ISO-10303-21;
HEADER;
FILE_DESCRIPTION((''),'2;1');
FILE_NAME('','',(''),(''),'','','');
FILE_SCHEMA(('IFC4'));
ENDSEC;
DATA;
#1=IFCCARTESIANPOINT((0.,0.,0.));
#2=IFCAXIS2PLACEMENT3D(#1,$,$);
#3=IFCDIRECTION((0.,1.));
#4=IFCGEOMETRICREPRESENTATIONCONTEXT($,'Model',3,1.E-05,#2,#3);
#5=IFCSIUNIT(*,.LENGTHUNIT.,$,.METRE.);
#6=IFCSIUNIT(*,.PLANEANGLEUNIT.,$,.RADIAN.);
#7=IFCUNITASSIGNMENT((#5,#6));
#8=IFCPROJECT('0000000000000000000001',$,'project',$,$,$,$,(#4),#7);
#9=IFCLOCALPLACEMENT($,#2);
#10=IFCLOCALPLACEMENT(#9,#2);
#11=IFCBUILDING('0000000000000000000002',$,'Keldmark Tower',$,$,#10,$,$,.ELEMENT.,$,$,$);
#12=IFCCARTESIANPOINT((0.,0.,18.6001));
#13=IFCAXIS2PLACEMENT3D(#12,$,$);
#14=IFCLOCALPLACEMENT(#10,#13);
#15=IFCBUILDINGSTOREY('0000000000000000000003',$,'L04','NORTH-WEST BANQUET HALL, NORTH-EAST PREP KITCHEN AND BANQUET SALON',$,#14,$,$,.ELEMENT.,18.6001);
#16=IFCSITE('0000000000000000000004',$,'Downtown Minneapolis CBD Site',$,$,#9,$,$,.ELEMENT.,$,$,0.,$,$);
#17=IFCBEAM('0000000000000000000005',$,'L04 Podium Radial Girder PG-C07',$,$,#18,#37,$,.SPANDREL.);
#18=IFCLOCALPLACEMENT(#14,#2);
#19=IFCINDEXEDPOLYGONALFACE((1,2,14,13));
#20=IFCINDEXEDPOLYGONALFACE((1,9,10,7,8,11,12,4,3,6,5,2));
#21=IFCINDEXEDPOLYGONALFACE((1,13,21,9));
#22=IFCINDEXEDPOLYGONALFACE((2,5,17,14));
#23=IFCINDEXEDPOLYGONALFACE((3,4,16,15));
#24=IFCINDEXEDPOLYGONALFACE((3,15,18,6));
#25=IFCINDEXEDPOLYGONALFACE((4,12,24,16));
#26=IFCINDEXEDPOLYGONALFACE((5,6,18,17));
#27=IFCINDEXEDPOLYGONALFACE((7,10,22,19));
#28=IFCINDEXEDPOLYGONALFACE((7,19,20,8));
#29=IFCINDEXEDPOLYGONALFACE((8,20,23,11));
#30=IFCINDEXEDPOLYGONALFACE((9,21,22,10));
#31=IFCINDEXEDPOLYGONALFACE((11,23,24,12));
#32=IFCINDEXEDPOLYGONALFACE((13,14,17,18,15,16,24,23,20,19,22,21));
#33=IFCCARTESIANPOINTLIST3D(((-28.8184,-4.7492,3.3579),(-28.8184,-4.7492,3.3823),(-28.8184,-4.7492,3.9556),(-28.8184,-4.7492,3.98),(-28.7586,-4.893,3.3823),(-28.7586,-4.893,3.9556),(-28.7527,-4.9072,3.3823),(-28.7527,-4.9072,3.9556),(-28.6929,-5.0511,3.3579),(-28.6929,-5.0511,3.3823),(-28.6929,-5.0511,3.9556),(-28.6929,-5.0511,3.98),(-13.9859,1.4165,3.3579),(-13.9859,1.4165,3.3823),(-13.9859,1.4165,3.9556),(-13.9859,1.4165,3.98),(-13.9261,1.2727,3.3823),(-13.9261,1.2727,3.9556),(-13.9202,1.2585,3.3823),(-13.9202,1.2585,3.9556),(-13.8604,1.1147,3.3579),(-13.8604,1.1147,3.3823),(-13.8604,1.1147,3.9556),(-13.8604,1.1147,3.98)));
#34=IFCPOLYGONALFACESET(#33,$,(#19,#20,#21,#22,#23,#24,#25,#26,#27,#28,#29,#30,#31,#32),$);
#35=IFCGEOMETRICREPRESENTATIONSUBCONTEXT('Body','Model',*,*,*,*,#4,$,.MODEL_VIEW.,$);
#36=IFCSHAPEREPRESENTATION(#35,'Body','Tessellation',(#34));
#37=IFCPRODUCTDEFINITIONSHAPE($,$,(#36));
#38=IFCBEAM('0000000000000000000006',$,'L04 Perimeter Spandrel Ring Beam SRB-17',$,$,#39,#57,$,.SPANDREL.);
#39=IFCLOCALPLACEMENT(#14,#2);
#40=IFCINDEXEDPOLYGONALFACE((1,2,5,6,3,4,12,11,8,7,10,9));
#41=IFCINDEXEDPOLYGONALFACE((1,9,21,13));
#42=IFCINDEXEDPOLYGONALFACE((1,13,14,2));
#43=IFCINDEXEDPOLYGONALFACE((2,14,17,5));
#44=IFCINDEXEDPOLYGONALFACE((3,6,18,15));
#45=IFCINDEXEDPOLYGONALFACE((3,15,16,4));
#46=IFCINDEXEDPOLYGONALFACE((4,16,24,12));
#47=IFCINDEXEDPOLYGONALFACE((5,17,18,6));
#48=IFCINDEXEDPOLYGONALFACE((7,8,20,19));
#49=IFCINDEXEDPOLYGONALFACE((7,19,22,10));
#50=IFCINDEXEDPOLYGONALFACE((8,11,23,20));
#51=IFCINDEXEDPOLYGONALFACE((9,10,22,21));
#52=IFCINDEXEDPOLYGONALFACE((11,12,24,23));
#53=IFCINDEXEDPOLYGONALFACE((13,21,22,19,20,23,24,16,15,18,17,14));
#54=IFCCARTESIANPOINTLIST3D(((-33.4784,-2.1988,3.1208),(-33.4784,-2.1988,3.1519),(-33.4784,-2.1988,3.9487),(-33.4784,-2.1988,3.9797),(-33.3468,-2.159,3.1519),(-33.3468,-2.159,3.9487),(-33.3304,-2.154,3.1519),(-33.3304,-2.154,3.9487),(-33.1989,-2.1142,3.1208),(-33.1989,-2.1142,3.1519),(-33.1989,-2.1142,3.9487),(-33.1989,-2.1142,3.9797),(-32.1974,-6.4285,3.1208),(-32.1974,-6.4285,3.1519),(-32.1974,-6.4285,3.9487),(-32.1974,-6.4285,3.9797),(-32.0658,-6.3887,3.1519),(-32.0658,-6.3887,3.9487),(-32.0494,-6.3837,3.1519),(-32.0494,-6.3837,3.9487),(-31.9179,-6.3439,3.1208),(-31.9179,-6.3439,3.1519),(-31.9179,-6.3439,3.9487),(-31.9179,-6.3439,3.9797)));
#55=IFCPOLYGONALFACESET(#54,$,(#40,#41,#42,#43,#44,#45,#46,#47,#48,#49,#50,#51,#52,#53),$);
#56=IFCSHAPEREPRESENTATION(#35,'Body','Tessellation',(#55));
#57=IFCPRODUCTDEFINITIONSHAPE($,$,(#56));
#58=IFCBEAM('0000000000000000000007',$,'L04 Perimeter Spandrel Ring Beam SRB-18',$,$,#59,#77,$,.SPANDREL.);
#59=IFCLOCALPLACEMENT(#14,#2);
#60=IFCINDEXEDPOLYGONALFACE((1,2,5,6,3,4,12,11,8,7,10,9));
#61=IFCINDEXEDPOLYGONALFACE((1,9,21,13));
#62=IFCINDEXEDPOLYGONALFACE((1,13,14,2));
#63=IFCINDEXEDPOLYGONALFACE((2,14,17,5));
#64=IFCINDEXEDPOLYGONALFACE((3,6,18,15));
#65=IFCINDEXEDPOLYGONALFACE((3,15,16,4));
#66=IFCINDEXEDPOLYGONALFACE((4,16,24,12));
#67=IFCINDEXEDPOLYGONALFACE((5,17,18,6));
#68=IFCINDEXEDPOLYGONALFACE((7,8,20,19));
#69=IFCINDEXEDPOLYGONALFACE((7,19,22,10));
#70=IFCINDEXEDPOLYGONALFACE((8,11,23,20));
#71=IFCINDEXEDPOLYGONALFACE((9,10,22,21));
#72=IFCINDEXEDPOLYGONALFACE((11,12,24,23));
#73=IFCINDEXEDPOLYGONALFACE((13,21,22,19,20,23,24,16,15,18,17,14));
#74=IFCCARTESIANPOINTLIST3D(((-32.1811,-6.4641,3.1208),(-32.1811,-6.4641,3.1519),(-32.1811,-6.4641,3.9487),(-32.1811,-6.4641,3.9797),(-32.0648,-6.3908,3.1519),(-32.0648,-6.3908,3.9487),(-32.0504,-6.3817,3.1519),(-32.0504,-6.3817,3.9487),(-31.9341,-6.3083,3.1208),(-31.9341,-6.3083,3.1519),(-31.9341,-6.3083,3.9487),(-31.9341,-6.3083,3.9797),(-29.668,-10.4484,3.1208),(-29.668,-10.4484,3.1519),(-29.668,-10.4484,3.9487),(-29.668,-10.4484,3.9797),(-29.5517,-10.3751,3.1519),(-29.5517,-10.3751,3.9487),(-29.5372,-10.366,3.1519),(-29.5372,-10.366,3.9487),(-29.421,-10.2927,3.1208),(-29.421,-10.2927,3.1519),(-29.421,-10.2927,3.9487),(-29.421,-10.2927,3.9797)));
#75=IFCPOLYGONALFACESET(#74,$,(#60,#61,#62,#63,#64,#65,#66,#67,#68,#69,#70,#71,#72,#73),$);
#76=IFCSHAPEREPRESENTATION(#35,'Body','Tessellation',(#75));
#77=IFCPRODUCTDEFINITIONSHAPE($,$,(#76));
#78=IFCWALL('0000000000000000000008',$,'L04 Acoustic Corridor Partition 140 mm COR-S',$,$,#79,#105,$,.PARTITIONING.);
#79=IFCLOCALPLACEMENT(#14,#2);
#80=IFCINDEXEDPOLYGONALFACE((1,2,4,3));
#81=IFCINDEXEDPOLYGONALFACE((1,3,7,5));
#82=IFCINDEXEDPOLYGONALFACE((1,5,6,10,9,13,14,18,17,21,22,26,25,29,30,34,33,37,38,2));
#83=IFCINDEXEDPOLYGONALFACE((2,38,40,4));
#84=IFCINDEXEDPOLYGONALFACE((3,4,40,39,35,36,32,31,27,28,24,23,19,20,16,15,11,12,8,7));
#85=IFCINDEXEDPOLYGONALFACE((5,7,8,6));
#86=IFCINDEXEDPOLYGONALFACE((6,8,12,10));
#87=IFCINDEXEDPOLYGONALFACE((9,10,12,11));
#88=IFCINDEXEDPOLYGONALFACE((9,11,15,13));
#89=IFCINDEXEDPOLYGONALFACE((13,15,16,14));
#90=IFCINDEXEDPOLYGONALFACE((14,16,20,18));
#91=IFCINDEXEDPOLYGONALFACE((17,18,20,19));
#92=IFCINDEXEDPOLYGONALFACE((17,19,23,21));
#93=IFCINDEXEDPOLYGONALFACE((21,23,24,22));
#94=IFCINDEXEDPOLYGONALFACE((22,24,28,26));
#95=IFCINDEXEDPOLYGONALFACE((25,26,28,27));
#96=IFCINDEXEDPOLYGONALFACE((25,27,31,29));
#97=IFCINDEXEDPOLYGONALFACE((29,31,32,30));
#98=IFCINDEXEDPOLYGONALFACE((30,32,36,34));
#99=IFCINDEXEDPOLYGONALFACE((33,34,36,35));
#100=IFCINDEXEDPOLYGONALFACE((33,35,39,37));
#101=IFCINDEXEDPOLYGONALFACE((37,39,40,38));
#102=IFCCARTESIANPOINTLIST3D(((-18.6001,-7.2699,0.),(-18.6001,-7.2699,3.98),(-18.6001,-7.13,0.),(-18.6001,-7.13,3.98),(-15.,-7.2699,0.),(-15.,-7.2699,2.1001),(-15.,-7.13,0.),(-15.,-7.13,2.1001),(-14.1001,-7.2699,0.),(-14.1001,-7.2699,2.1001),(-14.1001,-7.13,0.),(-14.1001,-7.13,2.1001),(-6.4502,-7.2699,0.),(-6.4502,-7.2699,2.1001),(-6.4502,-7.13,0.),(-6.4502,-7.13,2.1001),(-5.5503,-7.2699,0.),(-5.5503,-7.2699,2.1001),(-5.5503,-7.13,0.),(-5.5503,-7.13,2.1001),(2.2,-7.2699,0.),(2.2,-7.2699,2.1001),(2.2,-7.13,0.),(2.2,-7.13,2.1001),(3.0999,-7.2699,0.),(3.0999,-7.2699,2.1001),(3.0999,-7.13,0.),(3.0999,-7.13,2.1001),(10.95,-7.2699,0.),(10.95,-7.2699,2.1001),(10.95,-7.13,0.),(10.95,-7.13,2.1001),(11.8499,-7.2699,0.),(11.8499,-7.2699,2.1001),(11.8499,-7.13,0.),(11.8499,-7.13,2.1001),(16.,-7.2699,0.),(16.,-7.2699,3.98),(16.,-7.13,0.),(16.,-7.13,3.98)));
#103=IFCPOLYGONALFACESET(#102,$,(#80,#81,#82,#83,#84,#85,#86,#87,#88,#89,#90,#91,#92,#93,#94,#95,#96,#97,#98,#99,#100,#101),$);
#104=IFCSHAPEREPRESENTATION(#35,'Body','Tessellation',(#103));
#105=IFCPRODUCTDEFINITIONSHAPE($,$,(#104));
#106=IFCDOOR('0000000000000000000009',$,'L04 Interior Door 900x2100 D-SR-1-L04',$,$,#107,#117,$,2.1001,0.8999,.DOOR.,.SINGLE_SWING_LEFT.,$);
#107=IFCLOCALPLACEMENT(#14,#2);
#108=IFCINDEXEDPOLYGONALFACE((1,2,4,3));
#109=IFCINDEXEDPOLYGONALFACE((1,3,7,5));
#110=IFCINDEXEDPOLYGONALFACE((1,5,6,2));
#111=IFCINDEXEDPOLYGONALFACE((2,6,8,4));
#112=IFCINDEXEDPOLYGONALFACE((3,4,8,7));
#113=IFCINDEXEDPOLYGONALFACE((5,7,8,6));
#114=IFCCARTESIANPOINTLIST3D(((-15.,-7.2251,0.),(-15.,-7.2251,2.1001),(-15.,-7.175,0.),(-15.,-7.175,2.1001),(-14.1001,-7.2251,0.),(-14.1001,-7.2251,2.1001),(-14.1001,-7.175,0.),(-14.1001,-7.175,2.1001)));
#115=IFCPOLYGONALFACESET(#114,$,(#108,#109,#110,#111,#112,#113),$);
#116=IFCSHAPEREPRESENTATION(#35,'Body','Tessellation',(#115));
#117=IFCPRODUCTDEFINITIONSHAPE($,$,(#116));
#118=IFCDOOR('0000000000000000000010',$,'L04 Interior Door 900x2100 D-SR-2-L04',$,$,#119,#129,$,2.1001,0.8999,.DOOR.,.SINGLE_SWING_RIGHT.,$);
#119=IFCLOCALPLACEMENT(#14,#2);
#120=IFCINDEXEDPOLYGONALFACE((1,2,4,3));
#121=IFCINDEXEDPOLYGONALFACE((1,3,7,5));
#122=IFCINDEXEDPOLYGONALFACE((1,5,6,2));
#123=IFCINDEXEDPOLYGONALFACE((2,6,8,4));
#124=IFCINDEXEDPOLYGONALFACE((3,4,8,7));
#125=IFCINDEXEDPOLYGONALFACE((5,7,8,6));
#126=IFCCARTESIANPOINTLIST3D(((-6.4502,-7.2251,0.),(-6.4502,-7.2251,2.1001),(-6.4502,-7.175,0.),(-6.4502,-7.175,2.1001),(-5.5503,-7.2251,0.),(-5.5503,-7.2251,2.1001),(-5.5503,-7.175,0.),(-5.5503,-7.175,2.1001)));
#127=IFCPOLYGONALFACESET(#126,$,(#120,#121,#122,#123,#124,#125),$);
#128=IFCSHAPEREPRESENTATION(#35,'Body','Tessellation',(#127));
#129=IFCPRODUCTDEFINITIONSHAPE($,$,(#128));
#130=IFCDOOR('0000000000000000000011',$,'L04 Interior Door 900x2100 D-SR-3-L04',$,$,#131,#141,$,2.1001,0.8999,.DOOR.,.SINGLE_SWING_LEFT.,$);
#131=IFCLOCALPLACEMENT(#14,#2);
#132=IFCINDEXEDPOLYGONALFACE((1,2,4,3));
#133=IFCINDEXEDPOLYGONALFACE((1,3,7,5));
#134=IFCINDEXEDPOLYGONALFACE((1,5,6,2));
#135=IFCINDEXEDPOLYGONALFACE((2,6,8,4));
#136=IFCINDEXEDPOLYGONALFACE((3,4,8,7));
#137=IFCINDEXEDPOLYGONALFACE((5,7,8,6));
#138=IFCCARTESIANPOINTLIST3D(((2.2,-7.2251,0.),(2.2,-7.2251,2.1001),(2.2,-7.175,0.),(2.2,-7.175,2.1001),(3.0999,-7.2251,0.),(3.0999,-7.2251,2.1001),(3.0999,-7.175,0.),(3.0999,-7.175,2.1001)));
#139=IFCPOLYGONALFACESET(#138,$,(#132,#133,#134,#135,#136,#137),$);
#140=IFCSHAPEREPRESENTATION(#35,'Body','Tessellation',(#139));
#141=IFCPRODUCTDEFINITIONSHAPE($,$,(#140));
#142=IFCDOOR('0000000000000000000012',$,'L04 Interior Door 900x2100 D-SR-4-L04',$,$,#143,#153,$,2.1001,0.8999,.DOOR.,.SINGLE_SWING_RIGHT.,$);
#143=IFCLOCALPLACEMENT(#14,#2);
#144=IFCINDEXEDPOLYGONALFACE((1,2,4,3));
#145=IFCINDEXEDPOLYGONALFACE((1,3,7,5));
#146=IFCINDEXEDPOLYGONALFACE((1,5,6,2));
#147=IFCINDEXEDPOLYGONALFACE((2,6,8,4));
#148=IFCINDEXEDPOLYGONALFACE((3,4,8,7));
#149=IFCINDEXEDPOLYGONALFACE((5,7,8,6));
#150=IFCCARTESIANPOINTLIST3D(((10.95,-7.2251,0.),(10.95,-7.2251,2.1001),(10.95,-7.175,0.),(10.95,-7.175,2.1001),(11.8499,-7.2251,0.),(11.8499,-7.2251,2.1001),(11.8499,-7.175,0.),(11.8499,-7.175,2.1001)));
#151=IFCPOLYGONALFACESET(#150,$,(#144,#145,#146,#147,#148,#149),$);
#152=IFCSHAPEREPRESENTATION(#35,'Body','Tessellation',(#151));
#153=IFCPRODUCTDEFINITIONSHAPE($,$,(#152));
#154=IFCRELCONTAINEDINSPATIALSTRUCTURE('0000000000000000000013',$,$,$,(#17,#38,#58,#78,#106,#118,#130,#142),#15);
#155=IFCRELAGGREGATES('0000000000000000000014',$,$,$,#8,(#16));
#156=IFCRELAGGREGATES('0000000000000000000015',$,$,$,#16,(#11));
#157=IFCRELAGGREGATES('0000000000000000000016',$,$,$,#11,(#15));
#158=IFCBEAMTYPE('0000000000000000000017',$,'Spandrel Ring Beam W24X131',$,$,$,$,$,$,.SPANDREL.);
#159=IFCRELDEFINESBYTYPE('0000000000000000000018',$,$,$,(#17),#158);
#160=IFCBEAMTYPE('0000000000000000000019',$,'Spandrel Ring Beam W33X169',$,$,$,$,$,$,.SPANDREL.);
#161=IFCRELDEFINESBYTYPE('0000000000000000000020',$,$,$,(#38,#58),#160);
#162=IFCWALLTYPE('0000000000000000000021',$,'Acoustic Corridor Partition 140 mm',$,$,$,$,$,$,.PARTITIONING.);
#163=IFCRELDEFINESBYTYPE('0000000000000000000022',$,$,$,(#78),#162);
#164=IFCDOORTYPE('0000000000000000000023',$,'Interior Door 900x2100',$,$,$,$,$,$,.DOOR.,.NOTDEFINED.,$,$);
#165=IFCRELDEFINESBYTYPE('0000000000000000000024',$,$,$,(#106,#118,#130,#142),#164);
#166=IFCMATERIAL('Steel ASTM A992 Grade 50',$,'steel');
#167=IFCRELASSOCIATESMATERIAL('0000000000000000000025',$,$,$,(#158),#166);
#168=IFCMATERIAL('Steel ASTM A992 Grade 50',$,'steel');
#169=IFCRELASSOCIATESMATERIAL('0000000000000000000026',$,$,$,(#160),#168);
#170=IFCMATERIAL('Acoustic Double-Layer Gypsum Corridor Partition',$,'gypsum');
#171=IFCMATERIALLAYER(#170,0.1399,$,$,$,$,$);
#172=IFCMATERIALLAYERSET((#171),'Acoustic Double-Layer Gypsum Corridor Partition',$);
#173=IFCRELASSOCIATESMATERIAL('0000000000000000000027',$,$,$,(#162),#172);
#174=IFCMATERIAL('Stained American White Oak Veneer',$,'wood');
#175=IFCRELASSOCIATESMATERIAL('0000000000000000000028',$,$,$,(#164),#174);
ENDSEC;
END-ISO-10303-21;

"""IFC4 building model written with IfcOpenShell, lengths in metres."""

from ifc_helpers import new_model, si_unit, direction, frame, frame_2d, origin, origin_2d, place, context, subcontext, project, spatial, rectangle, i_section, extrude, material, layer, layer_set, material_profile, profile_set, type_object, element, fill, save


model = new_model("IFC4")

# Units and contexts
model_context = context("Model", 3, precision=1e-05, world=origin(), true_north=direction((0.0, 1.0)))
body_context = subcontext(model_context, "Body", "Model", "MODEL_VIEW")
ifc_project = project(units=[si_unit("LENGTHUNIT", "METRE"), si_unit("PLANEANGLEUNIT", "RADIAN")], contexts=[model_context])

# Site, building, storey
site_placement = place(None, origin())
site = spatial("IfcSite", under=ifc_project, at=site_placement, Name="Downtown Minneapolis CBD Site", CompositionType="ELEMENT", RefElevation=0.0)
building_placement = place(site_placement, origin())
building = spatial("IfcBuilding", under=site, at=building_placement, Name="Keldmark Tower", CompositionType="ELEMENT")
storey_placement = place(building_placement, frame((0.0, 0.0, 18.6001)))
storey = spatial("IfcBuildingStorey", under=building, at=storey_placement, Name="L04", Description="NORTH-WEST BANQUET HALL, NORTH-EAST PREP KITCHEN AND BANQUET SALON", CompositionType="ELEMENT", Elevation=18.6001)

# Beams
ifc_material_1 = material(Name="Steel ASTM A992 Grade 50", Category="steel")
ifc_material_profile_1 = material_profile(ifc_material_1, i_section(OverallWidth=0.3269, OverallDepth=0.6221, WebThickness=0.0154, FlangeThickness=0.0244, at=origin_2d()), Name="W24X131")
ifc_profile_set_1 = profile_set([ifc_material_profile_1], Name="Steel ASTM A992 Grade 50")
beam_type_1 = type_object("IfcBeamType", Name="Spandrel Ring Beam W24X131", PredefinedType="SPANDREL", material=ifc_profile_set_1)
beam_1_placement = place(storey_placement, frame((-28.7556, -4.9001, 3.6689), z_axis=(0.923396, 0.383849, 0.0), x_axis=(-0.383849, 0.923396, 0.0)))
element("IfcBeam", 1, at=beam_1_placement, inside=storey, type_object=beam_type_1, Name="L04 Podium Radial Girder PG-C07", PredefinedType="SPANDREL", context=body_context, shape_type="SweptSolid", body=[
    extrude(i_section(OverallWidth=0.3269, OverallDepth=0.6221, WebThickness=0.0154, FlangeThickness=0.0244, at=origin_2d()), origin(), (0.0, 0.0, 1.0), 16.063),
])
ifc_material_2 = material(Name="Steel ASTM A992 Grade 50", Category="steel")
ifc_material_profile_2 = material_profile(ifc_material_2, i_section(OverallWidth=0.292, OverallDepth=0.8589, WebThickness=0.0171, FlangeThickness=0.031, at=origin_2d()), Name="W33X169")
ifc_profile_set_2 = profile_set([ifc_material_profile_2], Name="Steel ASTM A992 Grade 50")
beam_type_2 = type_object("IfcBeamType", Name="Spandrel Ring Beam W33X169", PredefinedType="SPANDREL", material=ifc_profile_set_2)
beam_2_placement = place(storey_placement, frame((-33.3386, -2.1565, 3.5503), z_axis=(0.289856, -0.95707, 0.0), x_axis=(0.95707, 0.289856, 0.0)))
element("IfcBeam", 2, at=beam_2_placement, inside=storey, type_object=beam_type_2, Name="L04 Perimeter Spandrel Ring Beam SRB-17", PredefinedType="SPANDREL", context=body_context, shape_type="SweptSolid", body=[
    extrude(i_section(OverallWidth=0.292, OverallDepth=0.8589, WebThickness=0.0171, FlangeThickness=0.031, at=origin_2d()), origin(), (0.0, 0.0, 1.0), 4.4194),
])
beam_3_placement = place(storey_placement, frame((-32.0576, -6.3862, 3.5503), z_axis=(0.533498, -0.845802, 0.0), x_axis=(0.845802, 0.533498, 0.0)))
element("IfcBeam", 3, at=beam_3_placement, inside=storey, type_object=beam_type_2, Name="L04 Perimeter Spandrel Ring Beam SRB-18", PredefinedType="SPANDREL", context=body_context, shape_type="SweptSolid", body=[
    extrude(i_section(OverallWidth=0.292, OverallDepth=0.8589, WebThickness=0.0171, FlangeThickness=0.031, at=origin_2d()), origin(), (0.0, 0.0, 1.0), 4.7107),
])

# Wall, openings, doors
ifc_material_3 = material(Name="Acoustic Double-Layer Gypsum Corridor Partition", Category="gypsum")
ifc_layer_1 = layer(ifc_material_3, 0.1399)
ifc_layer_set_1 = layer_set([ifc_layer_1], Name="Acoustic Double-Layer Gypsum Corridor Partition")
wall_type_1 = type_object("IfcWallType", Name="Acoustic Corridor Partition 140 mm", PredefinedType="PARTITIONING", material=ifc_layer_set_1)
wall_1_placement = place(storey_placement, frame((-18.6001, -7.2, 0.0), z_axis=(0.0, 0.0, 1.0), x_axis=(1.0, 0.0, 0.0)))
wall_1 = element("IfcWall", 4, at=wall_1_placement, inside=storey, type_object=wall_type_1, Name="L04 Acoustic Corridor Partition 140 mm COR-S", PredefinedType="PARTITIONING", context=body_context, shape_type="SweptSolid", body=[
    extrude(rectangle(XDim=34.6001, YDim=0.1399, at=frame_2d((17.3, 0.0))), origin(), (0.0, 0.0, 1.0), 3.98),
])
opening_1_placement = place(wall_1_placement, frame((3.6001, 0.0, 0.0)))
opening_1 = element("IfcOpeningElement", 5, at=opening_1_placement, cuts=wall_1, PredefinedType="OPENING", context=body_context, shape_type="SweptSolid", body=[
    extrude(rectangle(XDim=0.8999, YDim=2.1001, at=frame_2d((0.45, 1.05))), frame((0.0, 0.0798, 0.0), z_axis=(0.0, -1.0, 0.0), x_axis=(1.0, 0.0, 0.0)), (0.0, 0.0, 1.0), 0.1599),
])
opening_2_placement = place(wall_1_placement, frame((12.1499, 0.0, 0.0)))
opening_2 = element("IfcOpeningElement", 6, at=opening_2_placement, cuts=wall_1, PredefinedType="OPENING", context=body_context, shape_type="SweptSolid", body=[
    extrude(rectangle(XDim=0.8999, YDim=2.1001, at=frame_2d((0.45, 1.05))), frame((0.0, 0.0798, 0.0), z_axis=(0.0, -1.0, 0.0), x_axis=(1.0, 0.0, 0.0)), (0.0, 0.0, 1.0), 0.1599),
])
opening_3_placement = place(wall_1_placement, frame((20.8, 0.0, 0.0)))
opening_3 = element("IfcOpeningElement", 7, at=opening_3_placement, cuts=wall_1, PredefinedType="OPENING", context=body_context, shape_type="SweptSolid", body=[
    extrude(rectangle(XDim=0.8999, YDim=2.1001, at=frame_2d((0.45, 1.05))), frame((0.0, 0.0798, 0.0), z_axis=(0.0, -1.0, 0.0), x_axis=(1.0, 0.0, 0.0)), (0.0, 0.0, 1.0), 0.1599),
])
opening_4_placement = place(wall_1_placement, frame((29.55, 0.0, 0.0)))
opening_4 = element("IfcOpeningElement", 8, at=opening_4_placement, cuts=wall_1, PredefinedType="OPENING", context=body_context, shape_type="SweptSolid", body=[
    extrude(rectangle(XDim=0.8999, YDim=2.1001, at=frame_2d((0.45, 1.05))), frame((0.0, 0.0798, 0.0), z_axis=(0.0, -1.0, 0.0), x_axis=(1.0, 0.0, 0.0)), (0.0, 0.0, 1.0), 0.1599),
])
ifc_material_4 = material(Name="Stained American White Oak Veneer", Category="wood")
door_type = type_object("IfcDoorType", Name="Interior Door 900x2100", OperationType="NOTDEFINED", PredefinedType="DOOR", material=ifc_material_4)
door_1_placement = place(opening_1_placement, origin())
door_1 = element("IfcDoor", 9, at=door_1_placement, inside=storey, type_object=door_type, Name="L04 Interior Door 900x2100 D-SR-1-L04", OperationType="SINGLE_SWING_LEFT", OverallHeight=2.1001, OverallWidth=0.8999, PredefinedType="DOOR", context=body_context, shape_type="SweptSolid", body=[
    extrude(rectangle(XDim=0.8999, YDim=2.1001, at=frame_2d((0.45, 1.05))), frame((0.0, 0.0249, 0.0), z_axis=(0.0, -1.0, 0.0), x_axis=(1.0, 0.0, 0.0)), (0.0, 0.0, 1.0), 0.05),
])
fill(opening_1, door_1)
door_2_placement = place(opening_2_placement, origin())
door_2 = element("IfcDoor", 10, at=door_2_placement, inside=storey, type_object=door_type, Name="L04 Interior Door 900x2100 D-SR-2-L04", OperationType="SINGLE_SWING_RIGHT", OverallHeight=2.1001, OverallWidth=0.8999, PredefinedType="DOOR", context=body_context, shape_type="SweptSolid", body=[
    extrude(rectangle(XDim=0.8999, YDim=2.1001, at=frame_2d((0.45, 1.05))), frame((0.0, 0.0249, 0.0), z_axis=(0.0, -1.0, 0.0), x_axis=(1.0, 0.0, 0.0)), (0.0, 0.0, 1.0), 0.05),
])
fill(opening_2, door_2)
door_3_placement = place(opening_3_placement, origin())
door_3 = element("IfcDoor", 11, at=door_3_placement, inside=storey, type_object=door_type, Name="L04 Interior Door 900x2100 D-SR-3-L04", OperationType="SINGLE_SWING_LEFT", OverallHeight=2.1001, OverallWidth=0.8999, PredefinedType="DOOR", context=body_context, shape_type="SweptSolid", body=[
    extrude(rectangle(XDim=0.8999, YDim=2.1001, at=frame_2d((0.45, 1.05))), frame((0.0, 0.0249, 0.0), z_axis=(0.0, -1.0, 0.0), x_axis=(1.0, 0.0, 0.0)), (0.0, 0.0, 1.0), 0.05),
])
fill(opening_3, door_3)
door_4_placement = place(opening_4_placement, origin())
door_4 = element("IfcDoor", 12, at=door_4_placement, inside=storey, type_object=door_type, Name="L04 Interior Door 900x2100 D-SR-4-L04", OperationType="SINGLE_SWING_RIGHT", OverallHeight=2.1001, OverallWidth=0.8999, PredefinedType="DOOR", context=body_context, shape_type="SweptSolid", body=[
    extrude(rectangle(XDim=0.8999, YDim=2.1001, at=frame_2d((0.45, 1.05))), frame((0.0, 0.0249, 0.0), z_axis=(0.0, -1.0, 0.0), x_axis=(1.0, 0.0, 0.0)), (0.0, 0.0, 1.0), 0.05),
])
fill(opening_4, door_4)

save(model, "model.ifc")
